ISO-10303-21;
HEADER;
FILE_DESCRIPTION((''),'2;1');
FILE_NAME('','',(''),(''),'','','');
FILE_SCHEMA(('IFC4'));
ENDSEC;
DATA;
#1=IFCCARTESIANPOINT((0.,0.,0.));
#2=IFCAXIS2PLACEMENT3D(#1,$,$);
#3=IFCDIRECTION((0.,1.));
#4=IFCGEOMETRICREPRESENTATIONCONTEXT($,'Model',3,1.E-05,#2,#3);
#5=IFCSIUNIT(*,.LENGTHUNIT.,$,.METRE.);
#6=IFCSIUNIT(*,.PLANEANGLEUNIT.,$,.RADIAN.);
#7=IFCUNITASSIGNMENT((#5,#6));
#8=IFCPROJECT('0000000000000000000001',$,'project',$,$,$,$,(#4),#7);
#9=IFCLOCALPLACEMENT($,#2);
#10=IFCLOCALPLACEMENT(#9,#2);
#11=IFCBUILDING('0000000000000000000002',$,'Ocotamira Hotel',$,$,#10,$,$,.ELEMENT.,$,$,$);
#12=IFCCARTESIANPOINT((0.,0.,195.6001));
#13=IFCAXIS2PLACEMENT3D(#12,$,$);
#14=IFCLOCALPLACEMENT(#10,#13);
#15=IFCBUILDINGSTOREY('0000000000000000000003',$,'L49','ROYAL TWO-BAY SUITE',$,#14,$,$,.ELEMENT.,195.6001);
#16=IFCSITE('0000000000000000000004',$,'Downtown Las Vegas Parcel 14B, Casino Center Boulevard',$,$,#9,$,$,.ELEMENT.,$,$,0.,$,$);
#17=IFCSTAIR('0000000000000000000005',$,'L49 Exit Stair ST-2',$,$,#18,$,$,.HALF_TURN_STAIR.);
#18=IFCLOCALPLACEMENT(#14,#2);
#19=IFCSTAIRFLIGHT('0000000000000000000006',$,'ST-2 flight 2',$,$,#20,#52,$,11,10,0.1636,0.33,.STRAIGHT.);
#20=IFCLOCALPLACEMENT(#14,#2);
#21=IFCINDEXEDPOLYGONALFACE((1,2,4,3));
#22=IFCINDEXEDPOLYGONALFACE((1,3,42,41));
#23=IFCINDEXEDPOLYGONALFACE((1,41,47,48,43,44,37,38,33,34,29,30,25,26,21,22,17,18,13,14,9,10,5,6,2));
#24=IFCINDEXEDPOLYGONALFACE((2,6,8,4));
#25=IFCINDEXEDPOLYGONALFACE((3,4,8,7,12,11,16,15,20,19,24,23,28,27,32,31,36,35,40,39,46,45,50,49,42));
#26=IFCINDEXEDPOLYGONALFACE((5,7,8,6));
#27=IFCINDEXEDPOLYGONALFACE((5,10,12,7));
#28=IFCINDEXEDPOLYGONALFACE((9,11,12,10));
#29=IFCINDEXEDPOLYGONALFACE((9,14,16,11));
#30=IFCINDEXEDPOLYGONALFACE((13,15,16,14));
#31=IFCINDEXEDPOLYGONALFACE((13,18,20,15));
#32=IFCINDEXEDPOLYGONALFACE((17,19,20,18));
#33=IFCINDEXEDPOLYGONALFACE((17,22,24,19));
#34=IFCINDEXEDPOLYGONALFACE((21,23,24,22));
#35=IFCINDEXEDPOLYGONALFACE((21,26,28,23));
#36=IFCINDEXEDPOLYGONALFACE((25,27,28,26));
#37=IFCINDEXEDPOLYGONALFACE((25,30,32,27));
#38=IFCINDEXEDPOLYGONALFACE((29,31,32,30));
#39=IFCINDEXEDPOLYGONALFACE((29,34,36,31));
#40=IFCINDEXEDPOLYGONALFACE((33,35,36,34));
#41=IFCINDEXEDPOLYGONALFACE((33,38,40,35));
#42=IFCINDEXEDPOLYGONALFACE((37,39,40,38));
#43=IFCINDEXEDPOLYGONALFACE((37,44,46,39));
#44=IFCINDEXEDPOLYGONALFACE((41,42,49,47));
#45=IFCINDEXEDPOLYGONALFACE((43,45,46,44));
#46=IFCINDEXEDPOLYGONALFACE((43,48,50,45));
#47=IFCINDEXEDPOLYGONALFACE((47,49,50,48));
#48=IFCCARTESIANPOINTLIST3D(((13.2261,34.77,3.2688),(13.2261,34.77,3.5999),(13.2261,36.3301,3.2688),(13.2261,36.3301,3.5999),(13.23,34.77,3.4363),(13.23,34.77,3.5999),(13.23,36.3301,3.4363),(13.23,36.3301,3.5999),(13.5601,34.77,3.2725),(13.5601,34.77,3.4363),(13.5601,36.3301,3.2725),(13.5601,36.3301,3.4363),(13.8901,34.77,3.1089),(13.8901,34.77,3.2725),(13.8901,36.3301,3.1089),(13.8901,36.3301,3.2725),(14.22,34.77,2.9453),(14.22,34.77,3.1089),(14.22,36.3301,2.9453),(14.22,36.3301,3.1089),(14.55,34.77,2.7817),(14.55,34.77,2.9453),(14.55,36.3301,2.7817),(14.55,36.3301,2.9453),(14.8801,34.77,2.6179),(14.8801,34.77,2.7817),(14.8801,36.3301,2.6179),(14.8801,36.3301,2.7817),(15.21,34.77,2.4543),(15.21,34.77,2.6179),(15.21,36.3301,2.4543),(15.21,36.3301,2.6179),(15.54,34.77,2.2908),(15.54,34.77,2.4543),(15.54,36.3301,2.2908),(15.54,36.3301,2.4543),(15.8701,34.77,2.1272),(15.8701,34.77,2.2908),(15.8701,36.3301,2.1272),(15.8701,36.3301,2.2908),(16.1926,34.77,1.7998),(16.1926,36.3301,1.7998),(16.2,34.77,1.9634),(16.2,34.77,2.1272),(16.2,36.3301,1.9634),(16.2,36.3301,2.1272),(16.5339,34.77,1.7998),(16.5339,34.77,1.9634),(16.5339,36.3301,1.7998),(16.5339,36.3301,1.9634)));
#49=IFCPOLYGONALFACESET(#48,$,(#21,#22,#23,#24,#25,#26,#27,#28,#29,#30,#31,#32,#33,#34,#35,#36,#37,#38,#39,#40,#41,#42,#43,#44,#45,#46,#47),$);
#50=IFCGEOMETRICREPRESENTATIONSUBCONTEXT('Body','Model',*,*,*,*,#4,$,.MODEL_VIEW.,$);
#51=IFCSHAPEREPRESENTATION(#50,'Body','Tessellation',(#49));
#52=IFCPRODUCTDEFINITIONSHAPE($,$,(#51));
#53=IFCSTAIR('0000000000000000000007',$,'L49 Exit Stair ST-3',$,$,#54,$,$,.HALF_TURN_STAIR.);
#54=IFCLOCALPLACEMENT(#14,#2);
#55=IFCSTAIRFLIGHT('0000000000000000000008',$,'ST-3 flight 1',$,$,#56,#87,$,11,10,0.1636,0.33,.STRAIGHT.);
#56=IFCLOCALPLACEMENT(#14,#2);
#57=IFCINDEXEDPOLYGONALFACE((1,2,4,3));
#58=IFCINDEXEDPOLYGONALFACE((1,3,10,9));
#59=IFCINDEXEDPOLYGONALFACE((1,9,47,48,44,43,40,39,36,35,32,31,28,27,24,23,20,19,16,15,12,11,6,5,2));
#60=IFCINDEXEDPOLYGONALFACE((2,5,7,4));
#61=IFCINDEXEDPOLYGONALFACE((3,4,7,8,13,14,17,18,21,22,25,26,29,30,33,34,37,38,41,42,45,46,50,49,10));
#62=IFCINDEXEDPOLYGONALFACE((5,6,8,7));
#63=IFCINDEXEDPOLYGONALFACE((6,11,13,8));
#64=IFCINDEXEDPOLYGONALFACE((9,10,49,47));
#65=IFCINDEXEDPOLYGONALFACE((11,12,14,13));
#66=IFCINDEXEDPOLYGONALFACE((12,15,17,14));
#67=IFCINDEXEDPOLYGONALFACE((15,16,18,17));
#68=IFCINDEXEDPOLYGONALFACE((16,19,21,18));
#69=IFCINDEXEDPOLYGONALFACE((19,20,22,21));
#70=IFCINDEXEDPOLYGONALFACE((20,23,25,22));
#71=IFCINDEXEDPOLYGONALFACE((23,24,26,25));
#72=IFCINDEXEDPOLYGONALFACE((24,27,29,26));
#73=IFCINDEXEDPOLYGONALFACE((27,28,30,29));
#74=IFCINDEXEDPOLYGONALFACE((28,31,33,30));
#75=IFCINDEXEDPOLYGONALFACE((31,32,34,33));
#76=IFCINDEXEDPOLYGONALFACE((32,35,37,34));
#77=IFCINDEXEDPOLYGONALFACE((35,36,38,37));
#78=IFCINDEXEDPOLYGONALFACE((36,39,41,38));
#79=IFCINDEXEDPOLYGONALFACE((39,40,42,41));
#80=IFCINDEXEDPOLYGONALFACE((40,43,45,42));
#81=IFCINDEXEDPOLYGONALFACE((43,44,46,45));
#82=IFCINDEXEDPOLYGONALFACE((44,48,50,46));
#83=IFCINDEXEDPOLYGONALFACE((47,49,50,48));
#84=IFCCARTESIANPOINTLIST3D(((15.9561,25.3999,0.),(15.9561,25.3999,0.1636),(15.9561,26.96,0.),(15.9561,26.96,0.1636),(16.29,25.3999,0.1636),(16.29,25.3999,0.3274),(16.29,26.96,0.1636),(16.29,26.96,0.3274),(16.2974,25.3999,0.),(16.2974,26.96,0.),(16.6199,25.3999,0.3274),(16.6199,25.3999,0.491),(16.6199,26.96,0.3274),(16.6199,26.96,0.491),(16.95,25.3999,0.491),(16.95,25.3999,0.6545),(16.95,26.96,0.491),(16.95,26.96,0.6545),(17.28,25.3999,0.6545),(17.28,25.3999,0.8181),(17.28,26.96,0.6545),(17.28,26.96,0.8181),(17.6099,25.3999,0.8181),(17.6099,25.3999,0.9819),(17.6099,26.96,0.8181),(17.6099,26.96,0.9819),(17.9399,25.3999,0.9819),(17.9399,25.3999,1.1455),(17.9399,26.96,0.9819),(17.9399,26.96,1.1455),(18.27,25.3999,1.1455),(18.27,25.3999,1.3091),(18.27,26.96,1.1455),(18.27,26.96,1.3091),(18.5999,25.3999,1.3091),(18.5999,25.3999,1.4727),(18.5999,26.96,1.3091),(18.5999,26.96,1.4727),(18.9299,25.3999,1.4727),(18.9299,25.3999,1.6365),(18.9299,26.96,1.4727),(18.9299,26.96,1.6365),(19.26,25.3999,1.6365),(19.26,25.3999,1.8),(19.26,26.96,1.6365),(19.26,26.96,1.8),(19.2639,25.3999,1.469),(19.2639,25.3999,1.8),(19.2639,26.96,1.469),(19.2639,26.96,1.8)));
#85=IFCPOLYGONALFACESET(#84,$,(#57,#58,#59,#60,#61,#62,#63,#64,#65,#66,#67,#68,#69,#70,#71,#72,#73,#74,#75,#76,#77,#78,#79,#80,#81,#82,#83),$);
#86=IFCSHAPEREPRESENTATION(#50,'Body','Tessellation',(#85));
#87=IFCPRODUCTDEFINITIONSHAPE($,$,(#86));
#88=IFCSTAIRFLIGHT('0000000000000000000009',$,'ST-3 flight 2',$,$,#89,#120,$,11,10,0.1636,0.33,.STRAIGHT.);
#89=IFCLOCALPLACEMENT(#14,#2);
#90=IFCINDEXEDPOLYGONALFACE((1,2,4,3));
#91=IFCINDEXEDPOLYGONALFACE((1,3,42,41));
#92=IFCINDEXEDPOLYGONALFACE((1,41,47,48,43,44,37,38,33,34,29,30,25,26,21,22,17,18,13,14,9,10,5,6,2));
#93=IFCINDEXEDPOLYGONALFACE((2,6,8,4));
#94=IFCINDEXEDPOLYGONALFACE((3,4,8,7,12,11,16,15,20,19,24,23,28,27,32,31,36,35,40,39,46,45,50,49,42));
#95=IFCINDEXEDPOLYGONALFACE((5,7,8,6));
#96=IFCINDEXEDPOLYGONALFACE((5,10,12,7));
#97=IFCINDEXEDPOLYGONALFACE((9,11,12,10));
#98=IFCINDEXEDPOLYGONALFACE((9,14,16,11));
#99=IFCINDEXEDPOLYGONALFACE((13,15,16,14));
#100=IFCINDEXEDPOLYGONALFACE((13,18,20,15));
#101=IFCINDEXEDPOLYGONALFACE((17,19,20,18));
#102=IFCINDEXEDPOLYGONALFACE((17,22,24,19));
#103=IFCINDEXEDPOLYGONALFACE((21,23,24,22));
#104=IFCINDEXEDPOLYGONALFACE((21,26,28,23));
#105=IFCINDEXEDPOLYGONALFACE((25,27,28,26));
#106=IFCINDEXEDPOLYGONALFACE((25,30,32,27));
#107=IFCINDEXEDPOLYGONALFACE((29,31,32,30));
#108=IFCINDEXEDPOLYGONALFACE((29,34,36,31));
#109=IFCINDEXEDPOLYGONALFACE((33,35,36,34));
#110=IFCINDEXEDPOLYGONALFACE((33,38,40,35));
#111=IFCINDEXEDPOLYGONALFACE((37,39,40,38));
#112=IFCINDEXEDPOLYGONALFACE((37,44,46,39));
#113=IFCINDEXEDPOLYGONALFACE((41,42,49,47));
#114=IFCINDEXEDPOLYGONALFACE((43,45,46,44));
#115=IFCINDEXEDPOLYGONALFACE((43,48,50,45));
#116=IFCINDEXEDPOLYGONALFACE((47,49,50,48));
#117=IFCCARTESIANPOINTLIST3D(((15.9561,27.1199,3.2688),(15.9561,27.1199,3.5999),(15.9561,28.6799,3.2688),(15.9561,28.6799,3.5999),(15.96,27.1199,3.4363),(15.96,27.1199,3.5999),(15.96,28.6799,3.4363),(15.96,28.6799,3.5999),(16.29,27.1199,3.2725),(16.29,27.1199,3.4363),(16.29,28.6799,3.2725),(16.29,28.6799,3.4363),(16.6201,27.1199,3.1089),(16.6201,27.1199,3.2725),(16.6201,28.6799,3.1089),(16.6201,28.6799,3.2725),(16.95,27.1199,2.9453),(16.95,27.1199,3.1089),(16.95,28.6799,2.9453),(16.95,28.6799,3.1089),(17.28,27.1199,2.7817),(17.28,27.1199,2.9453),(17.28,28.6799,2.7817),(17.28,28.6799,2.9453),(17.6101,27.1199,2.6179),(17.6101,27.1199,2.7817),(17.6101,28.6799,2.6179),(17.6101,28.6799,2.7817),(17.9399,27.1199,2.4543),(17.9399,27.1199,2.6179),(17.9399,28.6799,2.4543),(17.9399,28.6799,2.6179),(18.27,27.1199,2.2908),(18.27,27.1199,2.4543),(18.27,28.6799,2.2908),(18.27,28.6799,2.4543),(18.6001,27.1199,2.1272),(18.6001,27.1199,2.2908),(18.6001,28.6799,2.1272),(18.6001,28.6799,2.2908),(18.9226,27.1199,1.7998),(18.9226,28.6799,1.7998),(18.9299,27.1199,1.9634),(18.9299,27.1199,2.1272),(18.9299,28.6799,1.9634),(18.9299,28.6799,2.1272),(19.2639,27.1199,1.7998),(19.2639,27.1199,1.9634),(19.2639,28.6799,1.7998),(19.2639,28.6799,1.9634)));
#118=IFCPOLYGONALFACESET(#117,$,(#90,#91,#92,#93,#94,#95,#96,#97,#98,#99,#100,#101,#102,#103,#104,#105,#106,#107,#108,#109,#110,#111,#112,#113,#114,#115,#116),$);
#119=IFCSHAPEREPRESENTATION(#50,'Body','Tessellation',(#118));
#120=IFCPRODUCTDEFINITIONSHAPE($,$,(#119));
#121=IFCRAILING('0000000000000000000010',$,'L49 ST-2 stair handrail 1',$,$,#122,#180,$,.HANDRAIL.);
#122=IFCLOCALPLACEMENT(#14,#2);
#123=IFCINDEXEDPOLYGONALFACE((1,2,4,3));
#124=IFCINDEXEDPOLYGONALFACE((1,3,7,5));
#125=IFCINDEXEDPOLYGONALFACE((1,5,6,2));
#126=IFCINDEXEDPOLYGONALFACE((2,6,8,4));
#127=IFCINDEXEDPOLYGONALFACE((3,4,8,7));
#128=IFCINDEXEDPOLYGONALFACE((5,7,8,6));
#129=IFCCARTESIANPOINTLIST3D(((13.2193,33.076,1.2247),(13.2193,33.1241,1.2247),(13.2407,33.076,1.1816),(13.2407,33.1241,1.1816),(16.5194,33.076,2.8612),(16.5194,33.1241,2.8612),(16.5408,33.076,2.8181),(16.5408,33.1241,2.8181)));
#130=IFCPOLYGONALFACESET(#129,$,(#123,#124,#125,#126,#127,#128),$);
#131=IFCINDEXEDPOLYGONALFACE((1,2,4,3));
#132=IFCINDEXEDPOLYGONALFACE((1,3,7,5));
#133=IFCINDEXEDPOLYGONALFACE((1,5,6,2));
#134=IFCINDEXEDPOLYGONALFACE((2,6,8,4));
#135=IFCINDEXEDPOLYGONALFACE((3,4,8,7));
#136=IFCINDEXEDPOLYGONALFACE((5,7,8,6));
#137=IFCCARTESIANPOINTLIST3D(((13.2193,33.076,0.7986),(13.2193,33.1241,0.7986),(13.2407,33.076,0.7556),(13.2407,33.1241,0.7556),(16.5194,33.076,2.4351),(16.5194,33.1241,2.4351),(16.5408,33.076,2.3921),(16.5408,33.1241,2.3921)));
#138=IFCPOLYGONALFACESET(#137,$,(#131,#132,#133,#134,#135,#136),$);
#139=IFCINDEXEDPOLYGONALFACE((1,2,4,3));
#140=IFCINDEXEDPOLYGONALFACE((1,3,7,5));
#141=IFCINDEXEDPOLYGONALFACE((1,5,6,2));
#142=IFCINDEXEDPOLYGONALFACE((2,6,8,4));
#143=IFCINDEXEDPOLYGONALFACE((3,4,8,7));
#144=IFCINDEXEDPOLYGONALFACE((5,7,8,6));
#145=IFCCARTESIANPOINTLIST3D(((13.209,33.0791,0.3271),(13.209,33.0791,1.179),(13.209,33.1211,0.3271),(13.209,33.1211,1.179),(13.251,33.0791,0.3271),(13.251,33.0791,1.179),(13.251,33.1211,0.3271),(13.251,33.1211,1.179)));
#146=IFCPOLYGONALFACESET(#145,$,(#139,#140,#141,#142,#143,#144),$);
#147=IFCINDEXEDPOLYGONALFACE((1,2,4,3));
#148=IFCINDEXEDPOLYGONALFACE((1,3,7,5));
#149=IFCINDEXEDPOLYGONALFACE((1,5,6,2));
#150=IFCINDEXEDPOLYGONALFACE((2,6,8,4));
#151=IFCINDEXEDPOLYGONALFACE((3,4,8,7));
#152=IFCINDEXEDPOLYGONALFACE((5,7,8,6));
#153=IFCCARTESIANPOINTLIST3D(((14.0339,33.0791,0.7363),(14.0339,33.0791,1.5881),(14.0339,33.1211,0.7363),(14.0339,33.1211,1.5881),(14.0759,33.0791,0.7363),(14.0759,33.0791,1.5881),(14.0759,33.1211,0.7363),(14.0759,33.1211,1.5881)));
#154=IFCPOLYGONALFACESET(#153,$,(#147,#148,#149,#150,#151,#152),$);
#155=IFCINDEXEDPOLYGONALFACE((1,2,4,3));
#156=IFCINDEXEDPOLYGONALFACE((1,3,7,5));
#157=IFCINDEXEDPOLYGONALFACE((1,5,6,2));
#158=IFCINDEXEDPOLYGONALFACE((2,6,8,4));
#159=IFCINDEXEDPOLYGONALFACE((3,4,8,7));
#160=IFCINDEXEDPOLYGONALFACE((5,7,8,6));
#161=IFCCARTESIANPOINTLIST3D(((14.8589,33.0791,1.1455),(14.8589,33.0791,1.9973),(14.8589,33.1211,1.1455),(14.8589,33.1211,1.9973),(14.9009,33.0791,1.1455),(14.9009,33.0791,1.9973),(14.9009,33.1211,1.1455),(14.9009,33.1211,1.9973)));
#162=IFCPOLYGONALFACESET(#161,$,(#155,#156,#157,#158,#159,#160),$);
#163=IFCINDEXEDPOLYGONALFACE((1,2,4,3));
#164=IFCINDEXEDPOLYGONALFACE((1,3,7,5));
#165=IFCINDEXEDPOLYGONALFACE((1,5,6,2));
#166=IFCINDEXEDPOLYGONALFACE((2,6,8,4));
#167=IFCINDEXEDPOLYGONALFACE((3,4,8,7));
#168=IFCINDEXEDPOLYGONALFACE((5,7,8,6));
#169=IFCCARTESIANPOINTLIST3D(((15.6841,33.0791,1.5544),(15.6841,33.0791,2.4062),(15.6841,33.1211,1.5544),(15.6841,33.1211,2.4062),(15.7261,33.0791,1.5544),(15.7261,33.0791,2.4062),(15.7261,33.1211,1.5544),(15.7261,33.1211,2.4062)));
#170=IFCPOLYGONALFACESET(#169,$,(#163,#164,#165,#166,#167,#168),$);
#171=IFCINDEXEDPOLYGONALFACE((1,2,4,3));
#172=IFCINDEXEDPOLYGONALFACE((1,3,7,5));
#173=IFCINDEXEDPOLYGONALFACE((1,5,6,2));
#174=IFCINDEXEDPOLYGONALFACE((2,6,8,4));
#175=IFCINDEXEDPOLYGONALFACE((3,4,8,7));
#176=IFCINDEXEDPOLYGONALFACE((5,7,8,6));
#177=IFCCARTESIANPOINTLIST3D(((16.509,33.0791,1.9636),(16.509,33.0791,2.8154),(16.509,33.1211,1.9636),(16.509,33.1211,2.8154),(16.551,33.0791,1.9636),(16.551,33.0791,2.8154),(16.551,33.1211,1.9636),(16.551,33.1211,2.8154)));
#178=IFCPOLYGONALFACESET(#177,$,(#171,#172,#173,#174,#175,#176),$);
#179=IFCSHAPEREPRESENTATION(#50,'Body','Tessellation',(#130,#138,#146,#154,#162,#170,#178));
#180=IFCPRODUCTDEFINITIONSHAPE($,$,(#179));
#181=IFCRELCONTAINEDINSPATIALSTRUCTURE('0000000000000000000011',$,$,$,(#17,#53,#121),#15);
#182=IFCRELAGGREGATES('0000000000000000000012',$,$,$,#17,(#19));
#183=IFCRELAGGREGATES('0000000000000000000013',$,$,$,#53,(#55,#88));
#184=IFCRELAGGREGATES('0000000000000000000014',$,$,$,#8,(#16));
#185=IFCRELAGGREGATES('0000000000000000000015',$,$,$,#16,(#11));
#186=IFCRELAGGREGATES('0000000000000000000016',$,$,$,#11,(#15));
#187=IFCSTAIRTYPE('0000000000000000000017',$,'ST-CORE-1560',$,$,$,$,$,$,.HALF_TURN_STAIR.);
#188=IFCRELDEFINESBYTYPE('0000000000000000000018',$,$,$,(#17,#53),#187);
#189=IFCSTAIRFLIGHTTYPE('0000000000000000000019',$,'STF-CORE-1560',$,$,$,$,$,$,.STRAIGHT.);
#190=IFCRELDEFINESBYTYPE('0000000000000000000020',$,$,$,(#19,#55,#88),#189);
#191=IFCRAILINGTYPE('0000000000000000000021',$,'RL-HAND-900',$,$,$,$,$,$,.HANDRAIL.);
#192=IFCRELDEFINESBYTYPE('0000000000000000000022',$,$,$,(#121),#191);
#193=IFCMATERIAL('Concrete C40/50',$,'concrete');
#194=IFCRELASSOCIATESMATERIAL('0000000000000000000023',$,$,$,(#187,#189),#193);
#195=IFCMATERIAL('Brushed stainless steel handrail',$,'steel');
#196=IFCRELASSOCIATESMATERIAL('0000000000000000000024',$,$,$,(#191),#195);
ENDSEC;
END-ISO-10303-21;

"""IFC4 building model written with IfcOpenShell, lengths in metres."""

from ifc_helpers import new_model, si_unit, direction, frame, origin, origin_2d, place, context, subcontext, project, spatial, polyline, rectangle, outline, extrude, source, transform, mapped, material, type_object, element, aggregate, save


model = new_model("IFC4")

# Units and contexts
model_context = context("Model", 3, precision=1e-05, world=origin(), true_north=direction((0.0, 1.0)))
body_context = subcontext(model_context, "Body", "Model", "MODEL_VIEW")
ifc_project = project(units=[si_unit("LENGTHUNIT", "METRE"), si_unit("PLANEANGLEUNIT", "RADIAN")], contexts=[model_context])

# Site, building, storey
site_placement = place(None, origin())
site = spatial("IfcSite", under=ifc_project, at=site_placement, Name="Downtown Las Vegas Parcel 14B, Casino Center Boulevard", CompositionType="ELEMENT", RefElevation=0.0)
building_placement = place(site_placement, origin())
building = spatial("IfcBuilding", under=site, at=building_placement, Name="Ocotamira Hotel", CompositionType="ELEMENT")
storey_placement = place(building_placement, frame((0.0, 0.0, 195.6001)))
storey = spatial("IfcBuildingStorey", under=building, at=storey_placement, Name="L49", Description="ROYAL TWO-BAY SUITE", CompositionType="ELEMENT", Elevation=195.6001)

# Stairs, stair flights
ifc_material_1 = material(Name="Concrete C40/50", Category="concrete")
stair_type = type_object("IfcStairType", Name="ST-CORE-1560", PredefinedType="HALF_TURN_STAIR", material=ifc_material_1)
stair_1_placement = place(storey_placement, origin())
stair_1 = element("IfcStair", 1, at=stair_1_placement, inside=storey, type_object=stair_type, Name="L49 Exit Stair ST-2", PredefinedType="HALF_TURN_STAIR")
stair_flight_type = type_object("IfcStairFlightType", Name="STF-CORE-1560", PredefinedType="STRAIGHT", material=ifc_material_1)
shared_shape_1 = source(origin(), body_context, "Body", "SweptSolid", [
    extrude(outline(polyline([(-0.0039, 0.0), (-0.0039, 0.1636), (0.3301, 0.1636), (0.3301, 0.3274), (0.6599, 0.3274), (0.6599, 0.491), (0.99, 0.491), (0.99, 0.6545), (1.3201, 0.6545), (1.3201, 0.8181), (1.6499, 0.8181), (1.6499, 0.9819), (1.98, 0.9819), (1.98, 1.1455), (2.3101, 1.1455), (2.3101, 1.3091), (2.6399, 1.3091), (2.6399, 1.4727), (2.97, 1.4727), (2.97, 1.6365), (3.3, 1.6365), (3.3, 1.8), (3.304, 1.8), (3.304, 1.469), (0.3374, 0.0), (-0.0039, 0.0)])), frame((0.0, 0.78, 0.0), z_axis=(0.0, -1.0, 0.0), x_axis=(1.0, 0.0, 0.0)), (0.0, 0.0, 1.0), 1.5601),
])
stair_flight_1_placement = place(storey_placement, frame((16.53, 35.55, 1.7998), z_axis=(0.0, 0.0, 1.0), x_axis=(-1.0, 0.0, 0.0)))
stair_flight_1 = element("IfcStairFlight", 2, at=stair_flight_1_placement, type_object=stair_flight_type, Name="ST-2 flight 2", NumberOfRisers=11, NumberOfTreads=10, PredefinedType="STRAIGHT", RiserHeight=0.1636, TreadLength=0.33, context=body_context, shape_type="MappedRepresentation", body=[
    mapped(shared_shape_1, transform((0.0, 0.0, 0.0), scale=1.0)),
])
aggregate(stair_1, [stair_flight_1])
stair_2_placement = place(storey_placement, origin())
stair_2 = element("IfcStair", 3, at=stair_2_placement, inside=storey, type_object=stair_type, Name="L49 Exit Stair ST-3", PredefinedType="HALF_TURN_STAIR")
stair_flight_2_placement = place(storey_placement, frame((15.96, 26.1799, 0.0), z_axis=(0.0, 0.0, 1.0), x_axis=(1.0, 0.0, 0.0)))
stair_flight_2 = element("IfcStairFlight", 4, at=stair_flight_2_placement, type_object=stair_flight_type, Name="ST-3 flight 1", NumberOfRisers=11, NumberOfTreads=10, PredefinedType="STRAIGHT", RiserHeight=0.1636, TreadLength=0.33, context=body_context, shape_type="MappedRepresentation", body=[
    mapped(shared_shape_1, transform((0.0, 0.0, 0.0), scale=1.0)),
])
stair_flight_3_placement = place(storey_placement, frame((19.26, 27.8999, 1.7998), z_axis=(0.0, 0.0, 1.0), x_axis=(-1.0, 0.0, 0.0)))
stair_flight_3 = element("IfcStairFlight", 5, at=stair_flight_3_placement, type_object=stair_flight_type, Name="ST-3 flight 2", NumberOfRisers=11, NumberOfTreads=10, PredefinedType="STRAIGHT", RiserHeight=0.1636, TreadLength=0.33, context=body_context, shape_type="MappedRepresentation", body=[
    mapped(shared_shape_1, transform((0.0, 0.0, 0.0), scale=1.0)),
])
aggregate(stair_2, [stair_flight_2, stair_flight_3])

# Railing
ifc_material_2 = material(Name="Brushed stainless steel handrail", Category="steel")
railing_type_1 = type_object("IfcRailingType", Name="RL-HAND-900", PredefinedType="HANDRAIL", material=ifc_material_2)
for number, where, name in (
    (6, (13.23, 33.1001, 0.3271), "L49 ST-2 stair handrail 1"),
):
    element("IfcRailing", number, at=place(storey_placement, frame(where)), inside=storey, type_object=railing_type_1, Name=name, PredefinedType="HANDRAIL", context=body_context, shape_type="SweptSolid", body=[
        extrude(rectangle(XDim=0.0481, YDim=0.0481, at=origin_2d()), frame((0.0, 0.0, 0.876), z_axis=(0.895894, 0.0, 0.444268), x_axis=(0.0, 1.0, 0.0)), (0.0, 0.0, 1.0), 3.6836),
        extrude(rectangle(XDim=0.0481, YDim=0.0481, at=origin_2d()), frame((0.0, 0.0, 0.45), z_axis=(0.895894, 0.0, 0.444268), x_axis=(0.0, 1.0, 0.0)), (0.0, 0.0, 1.0), 3.6836),
        extrude(rectangle(XDim=0.042, YDim=0.042, at=origin_2d()), origin(), (0.0, 0.0, 1.0), 0.8518),
        extrude(rectangle(XDim=0.042, YDim=0.042, at=origin_2d()), frame((0.825, 0.0, 0.4092)), (0.0, 0.0, 1.0), 0.8518),
        extrude(rectangle(XDim=0.042, YDim=0.042, at=origin_2d()), frame((1.6499, 0.0, 0.8184)), (0.0, 0.0, 1.0), 0.8518),
        extrude(rectangle(XDim=0.042, YDim=0.042, at=origin_2d()), frame((2.4751, 0.0, 1.2273)), (0.0, 0.0, 1.0), 0.8518),
        extrude(rectangle(XDim=0.042, YDim=0.042, at=origin_2d()), frame((3.3, 0.0, 1.6365)), (0.0, 0.0, 1.0), 0.8518),
    ])

save(model, "model.ifc")
